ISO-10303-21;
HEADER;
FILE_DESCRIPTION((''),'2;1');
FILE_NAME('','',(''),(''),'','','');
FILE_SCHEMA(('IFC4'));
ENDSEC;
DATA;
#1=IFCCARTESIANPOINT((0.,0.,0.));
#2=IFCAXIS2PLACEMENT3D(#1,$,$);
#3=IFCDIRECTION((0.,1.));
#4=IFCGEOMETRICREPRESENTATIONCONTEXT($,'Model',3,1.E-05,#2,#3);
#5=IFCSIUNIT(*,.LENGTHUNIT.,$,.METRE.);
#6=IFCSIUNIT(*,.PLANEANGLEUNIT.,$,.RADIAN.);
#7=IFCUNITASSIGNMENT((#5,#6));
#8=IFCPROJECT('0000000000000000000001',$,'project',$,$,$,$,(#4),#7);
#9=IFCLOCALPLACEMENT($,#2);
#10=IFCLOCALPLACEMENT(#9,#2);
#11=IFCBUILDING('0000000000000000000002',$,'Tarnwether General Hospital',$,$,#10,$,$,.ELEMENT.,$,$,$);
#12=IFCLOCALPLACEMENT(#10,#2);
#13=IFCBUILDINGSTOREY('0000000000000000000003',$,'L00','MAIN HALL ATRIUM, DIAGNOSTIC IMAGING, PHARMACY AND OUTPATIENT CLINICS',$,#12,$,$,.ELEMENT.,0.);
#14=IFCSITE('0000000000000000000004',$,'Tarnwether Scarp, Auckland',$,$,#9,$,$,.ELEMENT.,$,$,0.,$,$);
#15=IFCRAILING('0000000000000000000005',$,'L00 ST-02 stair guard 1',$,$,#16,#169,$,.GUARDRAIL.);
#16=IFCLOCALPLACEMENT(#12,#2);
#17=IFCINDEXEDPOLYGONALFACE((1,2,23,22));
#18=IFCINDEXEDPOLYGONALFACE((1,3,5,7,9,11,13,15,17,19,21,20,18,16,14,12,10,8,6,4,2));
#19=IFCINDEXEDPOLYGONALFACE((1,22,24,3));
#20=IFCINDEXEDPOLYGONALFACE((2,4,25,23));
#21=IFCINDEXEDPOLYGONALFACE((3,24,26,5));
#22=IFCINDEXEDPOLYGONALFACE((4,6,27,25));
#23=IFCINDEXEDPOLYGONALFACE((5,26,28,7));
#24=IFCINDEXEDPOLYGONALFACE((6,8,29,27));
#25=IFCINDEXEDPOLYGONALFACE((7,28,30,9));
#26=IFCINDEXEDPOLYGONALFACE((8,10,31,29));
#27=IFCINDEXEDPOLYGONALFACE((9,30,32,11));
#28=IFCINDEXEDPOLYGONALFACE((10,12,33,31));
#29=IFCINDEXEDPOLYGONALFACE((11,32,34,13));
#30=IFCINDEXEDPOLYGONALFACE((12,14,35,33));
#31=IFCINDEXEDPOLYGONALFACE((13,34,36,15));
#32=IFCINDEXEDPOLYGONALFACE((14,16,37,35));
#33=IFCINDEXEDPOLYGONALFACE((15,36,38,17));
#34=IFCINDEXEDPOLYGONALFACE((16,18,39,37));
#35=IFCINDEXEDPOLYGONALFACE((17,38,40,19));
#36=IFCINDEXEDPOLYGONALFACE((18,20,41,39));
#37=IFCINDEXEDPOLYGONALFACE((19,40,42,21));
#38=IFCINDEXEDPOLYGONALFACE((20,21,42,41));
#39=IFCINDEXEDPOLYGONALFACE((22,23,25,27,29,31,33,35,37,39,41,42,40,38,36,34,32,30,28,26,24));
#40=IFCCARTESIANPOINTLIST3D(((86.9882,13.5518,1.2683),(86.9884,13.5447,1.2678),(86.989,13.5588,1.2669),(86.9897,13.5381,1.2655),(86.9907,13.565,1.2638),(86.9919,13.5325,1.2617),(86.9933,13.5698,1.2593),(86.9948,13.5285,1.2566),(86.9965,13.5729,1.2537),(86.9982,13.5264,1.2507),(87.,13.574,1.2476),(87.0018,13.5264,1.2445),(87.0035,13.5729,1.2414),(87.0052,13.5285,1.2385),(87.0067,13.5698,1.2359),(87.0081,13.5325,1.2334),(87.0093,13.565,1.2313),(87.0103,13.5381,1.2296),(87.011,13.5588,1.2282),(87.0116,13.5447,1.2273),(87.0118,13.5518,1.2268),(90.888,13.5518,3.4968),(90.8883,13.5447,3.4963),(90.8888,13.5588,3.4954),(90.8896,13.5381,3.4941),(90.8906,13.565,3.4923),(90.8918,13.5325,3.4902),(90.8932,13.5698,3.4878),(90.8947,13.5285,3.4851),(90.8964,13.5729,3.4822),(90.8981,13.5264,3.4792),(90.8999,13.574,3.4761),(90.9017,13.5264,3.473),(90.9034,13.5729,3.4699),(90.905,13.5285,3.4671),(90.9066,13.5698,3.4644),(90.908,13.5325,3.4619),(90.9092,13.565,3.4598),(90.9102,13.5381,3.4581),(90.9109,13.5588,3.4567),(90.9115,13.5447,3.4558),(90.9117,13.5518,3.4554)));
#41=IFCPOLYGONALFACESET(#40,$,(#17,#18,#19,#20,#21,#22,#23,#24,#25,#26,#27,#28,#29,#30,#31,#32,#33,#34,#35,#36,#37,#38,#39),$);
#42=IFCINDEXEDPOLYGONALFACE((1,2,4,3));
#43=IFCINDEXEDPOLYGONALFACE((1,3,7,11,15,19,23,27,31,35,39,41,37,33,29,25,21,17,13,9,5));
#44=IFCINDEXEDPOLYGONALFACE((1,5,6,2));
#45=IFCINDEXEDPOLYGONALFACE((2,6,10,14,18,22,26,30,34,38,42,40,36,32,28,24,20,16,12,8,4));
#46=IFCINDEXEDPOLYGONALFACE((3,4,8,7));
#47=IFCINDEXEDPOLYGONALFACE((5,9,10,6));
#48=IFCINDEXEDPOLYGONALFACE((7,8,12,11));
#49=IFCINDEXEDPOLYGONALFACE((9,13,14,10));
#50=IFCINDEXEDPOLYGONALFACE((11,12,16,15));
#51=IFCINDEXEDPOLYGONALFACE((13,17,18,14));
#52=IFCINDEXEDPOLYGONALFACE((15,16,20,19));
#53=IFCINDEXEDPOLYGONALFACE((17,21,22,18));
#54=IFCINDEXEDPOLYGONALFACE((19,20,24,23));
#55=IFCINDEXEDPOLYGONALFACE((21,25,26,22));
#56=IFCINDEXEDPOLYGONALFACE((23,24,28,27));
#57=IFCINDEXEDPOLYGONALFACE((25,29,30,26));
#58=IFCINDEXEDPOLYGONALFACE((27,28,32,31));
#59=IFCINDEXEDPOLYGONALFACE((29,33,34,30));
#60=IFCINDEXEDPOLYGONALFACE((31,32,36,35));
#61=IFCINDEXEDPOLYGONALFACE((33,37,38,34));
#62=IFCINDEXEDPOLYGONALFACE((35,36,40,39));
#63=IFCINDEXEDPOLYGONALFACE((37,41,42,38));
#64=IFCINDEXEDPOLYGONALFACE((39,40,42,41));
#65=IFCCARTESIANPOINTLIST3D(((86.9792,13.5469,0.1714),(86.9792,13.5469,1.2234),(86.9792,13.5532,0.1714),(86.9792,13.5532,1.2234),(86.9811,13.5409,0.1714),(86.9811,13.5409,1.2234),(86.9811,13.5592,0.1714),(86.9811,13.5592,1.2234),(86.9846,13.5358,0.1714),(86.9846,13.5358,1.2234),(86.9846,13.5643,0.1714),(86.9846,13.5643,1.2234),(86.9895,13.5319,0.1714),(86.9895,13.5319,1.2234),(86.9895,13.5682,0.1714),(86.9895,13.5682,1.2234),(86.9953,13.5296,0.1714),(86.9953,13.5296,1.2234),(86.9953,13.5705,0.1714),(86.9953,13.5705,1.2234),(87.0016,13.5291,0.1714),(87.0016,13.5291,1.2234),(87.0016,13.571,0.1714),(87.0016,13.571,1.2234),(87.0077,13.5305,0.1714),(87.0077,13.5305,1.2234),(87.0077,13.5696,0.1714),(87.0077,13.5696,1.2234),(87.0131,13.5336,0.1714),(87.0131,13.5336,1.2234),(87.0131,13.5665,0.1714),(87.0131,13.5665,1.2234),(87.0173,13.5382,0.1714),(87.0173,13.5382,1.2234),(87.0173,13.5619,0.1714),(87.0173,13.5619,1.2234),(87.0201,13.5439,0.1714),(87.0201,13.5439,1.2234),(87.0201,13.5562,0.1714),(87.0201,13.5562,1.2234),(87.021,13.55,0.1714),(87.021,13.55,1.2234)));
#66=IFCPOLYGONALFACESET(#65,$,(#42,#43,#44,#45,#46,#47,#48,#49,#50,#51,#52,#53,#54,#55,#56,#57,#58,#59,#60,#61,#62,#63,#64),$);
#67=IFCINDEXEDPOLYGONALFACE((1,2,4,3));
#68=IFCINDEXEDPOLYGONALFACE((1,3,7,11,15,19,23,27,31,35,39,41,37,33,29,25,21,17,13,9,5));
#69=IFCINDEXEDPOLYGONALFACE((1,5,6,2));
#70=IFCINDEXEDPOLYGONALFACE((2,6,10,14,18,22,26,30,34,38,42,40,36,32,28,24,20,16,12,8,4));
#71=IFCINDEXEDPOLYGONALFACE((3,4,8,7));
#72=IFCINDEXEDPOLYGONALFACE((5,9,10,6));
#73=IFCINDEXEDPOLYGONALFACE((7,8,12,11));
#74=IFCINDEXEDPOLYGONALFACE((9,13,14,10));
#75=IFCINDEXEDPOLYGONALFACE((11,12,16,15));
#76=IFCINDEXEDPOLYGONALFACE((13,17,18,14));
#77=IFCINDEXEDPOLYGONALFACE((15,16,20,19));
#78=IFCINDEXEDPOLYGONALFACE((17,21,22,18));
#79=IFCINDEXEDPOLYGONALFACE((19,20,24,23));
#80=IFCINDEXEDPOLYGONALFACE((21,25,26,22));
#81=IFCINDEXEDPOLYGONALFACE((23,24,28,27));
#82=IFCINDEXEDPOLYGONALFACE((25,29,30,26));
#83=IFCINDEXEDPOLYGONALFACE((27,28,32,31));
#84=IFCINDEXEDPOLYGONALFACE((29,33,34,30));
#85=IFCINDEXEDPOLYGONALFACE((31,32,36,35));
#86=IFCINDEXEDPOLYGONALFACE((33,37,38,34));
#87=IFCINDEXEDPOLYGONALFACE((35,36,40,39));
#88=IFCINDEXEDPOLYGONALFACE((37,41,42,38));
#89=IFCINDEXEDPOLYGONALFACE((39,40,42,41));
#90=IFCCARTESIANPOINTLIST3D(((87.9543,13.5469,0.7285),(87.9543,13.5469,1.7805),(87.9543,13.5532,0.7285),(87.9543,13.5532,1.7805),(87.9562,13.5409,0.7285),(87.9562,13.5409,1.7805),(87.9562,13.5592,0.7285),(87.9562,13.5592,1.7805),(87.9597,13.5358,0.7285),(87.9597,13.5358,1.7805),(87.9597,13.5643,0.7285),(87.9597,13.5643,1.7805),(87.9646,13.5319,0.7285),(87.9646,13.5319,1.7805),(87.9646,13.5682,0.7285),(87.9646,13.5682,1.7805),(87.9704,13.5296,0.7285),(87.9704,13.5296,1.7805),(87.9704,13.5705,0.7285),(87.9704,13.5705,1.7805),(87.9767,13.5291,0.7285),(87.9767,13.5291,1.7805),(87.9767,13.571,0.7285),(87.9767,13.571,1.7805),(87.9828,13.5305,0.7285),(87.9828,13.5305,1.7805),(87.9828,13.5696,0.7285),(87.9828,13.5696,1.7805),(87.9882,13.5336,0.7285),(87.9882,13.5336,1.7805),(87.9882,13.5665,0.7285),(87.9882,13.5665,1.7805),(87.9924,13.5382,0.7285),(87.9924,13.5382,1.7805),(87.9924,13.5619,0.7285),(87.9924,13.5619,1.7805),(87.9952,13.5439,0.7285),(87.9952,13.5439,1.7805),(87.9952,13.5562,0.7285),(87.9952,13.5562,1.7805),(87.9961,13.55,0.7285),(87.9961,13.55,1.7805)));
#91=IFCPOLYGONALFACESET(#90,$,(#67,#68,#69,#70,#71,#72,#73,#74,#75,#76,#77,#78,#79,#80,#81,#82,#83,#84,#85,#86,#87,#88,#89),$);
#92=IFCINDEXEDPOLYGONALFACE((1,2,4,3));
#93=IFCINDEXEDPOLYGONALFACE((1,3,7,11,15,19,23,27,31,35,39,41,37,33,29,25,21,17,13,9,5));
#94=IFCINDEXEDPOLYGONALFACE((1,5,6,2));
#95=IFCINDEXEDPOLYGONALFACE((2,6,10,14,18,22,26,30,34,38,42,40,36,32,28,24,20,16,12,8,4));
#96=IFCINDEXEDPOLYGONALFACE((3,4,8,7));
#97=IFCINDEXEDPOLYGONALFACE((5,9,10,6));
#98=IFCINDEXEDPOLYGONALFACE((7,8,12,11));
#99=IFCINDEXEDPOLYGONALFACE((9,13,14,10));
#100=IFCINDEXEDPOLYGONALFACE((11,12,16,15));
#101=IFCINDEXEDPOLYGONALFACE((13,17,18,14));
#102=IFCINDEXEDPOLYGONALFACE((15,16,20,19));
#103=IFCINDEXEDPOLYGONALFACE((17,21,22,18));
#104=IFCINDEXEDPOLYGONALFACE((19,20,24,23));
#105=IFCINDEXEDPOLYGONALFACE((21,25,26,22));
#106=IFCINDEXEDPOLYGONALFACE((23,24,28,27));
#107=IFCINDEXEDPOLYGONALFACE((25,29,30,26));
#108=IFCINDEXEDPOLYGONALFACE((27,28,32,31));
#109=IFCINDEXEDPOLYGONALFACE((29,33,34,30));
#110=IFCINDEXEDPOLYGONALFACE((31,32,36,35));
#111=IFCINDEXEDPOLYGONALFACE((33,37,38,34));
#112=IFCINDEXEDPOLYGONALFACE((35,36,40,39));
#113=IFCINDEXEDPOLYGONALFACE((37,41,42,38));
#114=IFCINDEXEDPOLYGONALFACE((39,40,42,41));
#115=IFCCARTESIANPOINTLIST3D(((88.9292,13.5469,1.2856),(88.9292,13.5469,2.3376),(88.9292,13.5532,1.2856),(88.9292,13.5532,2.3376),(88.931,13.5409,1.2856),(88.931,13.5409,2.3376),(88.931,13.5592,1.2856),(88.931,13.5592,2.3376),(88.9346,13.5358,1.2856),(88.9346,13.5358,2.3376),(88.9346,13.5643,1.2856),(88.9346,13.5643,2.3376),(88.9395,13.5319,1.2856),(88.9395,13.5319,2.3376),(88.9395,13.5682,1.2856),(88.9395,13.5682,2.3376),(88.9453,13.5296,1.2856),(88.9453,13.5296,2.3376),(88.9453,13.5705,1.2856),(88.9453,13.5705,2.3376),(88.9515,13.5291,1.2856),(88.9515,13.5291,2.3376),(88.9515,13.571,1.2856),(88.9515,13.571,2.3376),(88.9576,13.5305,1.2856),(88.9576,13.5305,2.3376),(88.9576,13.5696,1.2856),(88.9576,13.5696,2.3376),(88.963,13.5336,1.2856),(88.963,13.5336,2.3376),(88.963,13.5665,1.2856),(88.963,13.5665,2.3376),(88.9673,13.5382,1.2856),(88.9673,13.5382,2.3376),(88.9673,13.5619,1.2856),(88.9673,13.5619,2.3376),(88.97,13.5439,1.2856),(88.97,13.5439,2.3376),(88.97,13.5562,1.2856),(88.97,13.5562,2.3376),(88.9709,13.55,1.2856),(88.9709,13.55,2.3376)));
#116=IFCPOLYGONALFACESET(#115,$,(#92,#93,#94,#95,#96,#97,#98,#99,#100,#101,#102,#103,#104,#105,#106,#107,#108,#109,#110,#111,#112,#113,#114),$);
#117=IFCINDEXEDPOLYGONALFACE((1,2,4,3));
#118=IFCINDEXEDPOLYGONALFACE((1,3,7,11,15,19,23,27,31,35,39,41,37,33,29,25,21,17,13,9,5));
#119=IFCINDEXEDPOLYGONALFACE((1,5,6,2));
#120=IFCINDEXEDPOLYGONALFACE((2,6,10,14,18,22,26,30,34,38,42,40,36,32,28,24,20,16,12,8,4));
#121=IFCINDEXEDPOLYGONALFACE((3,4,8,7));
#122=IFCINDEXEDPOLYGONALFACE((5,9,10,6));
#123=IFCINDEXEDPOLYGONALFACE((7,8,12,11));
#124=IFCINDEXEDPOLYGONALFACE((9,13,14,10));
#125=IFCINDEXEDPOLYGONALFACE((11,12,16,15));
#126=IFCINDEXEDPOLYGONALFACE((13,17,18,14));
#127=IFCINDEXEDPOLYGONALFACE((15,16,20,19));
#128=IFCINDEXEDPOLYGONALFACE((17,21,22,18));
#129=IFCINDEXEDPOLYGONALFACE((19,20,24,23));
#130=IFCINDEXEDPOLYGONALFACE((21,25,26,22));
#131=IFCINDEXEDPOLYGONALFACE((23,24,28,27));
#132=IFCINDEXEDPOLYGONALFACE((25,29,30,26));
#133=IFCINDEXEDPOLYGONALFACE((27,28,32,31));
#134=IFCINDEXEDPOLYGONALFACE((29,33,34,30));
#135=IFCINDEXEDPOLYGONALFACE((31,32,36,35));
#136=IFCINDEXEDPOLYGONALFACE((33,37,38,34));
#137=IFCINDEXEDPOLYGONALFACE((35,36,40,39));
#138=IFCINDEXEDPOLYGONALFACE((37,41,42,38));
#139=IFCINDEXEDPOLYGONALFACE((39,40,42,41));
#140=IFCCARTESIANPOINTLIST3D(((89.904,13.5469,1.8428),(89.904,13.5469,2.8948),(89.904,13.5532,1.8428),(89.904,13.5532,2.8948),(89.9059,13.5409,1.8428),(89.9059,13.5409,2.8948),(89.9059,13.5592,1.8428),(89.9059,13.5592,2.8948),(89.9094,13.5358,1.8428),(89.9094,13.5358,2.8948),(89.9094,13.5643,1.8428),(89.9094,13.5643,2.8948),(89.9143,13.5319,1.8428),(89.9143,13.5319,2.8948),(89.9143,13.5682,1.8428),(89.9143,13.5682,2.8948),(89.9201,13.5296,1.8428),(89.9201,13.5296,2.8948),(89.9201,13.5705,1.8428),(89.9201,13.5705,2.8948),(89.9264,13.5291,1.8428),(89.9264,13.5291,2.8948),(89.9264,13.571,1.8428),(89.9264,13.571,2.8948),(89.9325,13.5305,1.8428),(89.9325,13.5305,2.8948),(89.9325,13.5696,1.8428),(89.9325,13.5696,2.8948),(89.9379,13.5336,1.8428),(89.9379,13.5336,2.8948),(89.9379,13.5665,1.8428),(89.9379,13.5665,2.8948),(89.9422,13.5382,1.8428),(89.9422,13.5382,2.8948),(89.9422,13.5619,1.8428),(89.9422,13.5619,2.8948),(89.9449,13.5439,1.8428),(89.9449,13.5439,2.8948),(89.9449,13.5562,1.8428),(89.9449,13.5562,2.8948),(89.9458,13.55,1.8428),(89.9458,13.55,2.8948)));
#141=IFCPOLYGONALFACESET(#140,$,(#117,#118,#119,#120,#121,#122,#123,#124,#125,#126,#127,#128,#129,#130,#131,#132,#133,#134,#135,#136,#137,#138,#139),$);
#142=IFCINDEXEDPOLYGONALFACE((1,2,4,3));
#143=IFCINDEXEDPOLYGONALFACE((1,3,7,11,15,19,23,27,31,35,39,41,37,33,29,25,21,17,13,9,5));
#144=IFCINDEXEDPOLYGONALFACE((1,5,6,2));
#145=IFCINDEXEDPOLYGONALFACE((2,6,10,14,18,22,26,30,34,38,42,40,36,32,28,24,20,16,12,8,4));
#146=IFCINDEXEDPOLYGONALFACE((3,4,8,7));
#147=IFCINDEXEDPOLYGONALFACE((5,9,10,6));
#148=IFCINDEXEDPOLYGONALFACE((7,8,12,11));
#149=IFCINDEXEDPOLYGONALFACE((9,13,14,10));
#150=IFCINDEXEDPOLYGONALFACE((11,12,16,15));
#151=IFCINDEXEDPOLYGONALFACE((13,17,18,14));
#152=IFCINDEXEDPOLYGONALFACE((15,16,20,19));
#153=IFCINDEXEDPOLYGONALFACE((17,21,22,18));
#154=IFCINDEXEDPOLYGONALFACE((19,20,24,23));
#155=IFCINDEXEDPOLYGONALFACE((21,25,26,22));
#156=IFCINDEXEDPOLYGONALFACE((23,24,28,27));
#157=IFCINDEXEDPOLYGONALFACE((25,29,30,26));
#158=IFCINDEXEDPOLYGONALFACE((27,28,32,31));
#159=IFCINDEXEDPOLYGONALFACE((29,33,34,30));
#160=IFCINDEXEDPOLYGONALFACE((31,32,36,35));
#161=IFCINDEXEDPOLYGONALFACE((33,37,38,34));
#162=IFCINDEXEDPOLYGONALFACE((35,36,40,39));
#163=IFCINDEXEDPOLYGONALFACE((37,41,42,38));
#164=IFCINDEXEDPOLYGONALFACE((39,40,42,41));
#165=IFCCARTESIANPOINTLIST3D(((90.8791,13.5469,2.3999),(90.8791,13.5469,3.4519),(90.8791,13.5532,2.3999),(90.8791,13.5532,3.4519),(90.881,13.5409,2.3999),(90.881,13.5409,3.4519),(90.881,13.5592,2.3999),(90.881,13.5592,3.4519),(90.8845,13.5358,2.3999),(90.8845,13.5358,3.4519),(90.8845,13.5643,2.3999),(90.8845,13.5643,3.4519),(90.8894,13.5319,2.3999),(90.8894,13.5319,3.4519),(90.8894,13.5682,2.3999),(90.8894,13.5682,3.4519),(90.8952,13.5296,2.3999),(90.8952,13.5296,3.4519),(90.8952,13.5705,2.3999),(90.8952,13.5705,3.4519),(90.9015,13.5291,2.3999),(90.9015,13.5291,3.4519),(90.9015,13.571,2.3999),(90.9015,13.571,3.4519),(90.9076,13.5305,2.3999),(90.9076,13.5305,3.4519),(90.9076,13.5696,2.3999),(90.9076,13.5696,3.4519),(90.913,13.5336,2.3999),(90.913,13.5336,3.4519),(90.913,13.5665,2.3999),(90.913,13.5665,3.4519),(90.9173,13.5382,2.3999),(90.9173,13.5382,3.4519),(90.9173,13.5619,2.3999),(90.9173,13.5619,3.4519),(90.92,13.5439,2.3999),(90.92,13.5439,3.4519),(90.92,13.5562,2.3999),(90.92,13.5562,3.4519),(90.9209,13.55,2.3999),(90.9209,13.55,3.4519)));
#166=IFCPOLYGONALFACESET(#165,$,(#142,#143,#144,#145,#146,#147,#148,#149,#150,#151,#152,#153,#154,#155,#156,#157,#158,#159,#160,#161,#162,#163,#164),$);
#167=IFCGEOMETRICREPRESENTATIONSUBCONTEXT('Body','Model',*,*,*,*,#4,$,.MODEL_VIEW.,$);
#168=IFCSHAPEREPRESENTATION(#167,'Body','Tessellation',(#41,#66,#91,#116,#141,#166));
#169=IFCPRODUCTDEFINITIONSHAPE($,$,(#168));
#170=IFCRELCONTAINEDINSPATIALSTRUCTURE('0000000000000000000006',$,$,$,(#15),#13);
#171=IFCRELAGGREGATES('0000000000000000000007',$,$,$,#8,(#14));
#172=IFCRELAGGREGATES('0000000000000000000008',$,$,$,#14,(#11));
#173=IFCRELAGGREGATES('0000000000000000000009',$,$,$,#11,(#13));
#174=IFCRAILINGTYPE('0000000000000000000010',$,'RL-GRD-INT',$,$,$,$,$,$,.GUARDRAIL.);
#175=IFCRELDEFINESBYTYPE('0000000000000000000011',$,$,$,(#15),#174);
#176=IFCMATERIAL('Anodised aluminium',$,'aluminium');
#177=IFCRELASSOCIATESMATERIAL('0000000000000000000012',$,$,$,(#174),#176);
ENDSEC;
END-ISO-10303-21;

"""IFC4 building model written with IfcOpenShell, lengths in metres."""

from ifc_helpers import new_model, si_unit, direction, frame, origin, origin_2d, place, context, subcontext, project, spatial, circle, extrude, material, type_object, element, save


model = new_model("IFC4")

# Units and contexts
model_context = context("Model", 3, precision=1e-05, world=origin(), true_north=direction((0.0, 1.0)))
body_context = subcontext(model_context, "Body", "Model", "MODEL_VIEW")
ifc_project = project(units=[si_unit("LENGTHUNIT", "METRE"), si_unit("PLANEANGLEUNIT", "RADIAN")], contexts=[model_context])

# Site, building, storey
site_placement = place(None, origin())
site = spatial("IfcSite", under=ifc_project, at=site_placement, Name="Tarnwether Scarp, Auckland", CompositionType="ELEMENT", RefElevation=0.0)
building_placement = place(site_placement, origin())
building = spatial("IfcBuilding", under=site, at=building_placement, Name="Tarnwether General Hospital", CompositionType="ELEMENT")
storey_placement = place(building_placement, origin())
storey = spatial("IfcBuildingStorey", under=building, at=storey_placement, Name="L00", Description="MAIN HALL ATRIUM, DIAGNOSTIC IMAGING, PHARMACY AND OUTPATIENT CLINICS", CompositionType="ELEMENT", Elevation=0.0)

# Railing
ifc_material_1 = material(Name="Anodised aluminium", Category="aluminium")
railing_type_1 = type_object("IfcRailingType", Name="RL-GRD-INT", PredefinedType="GUARDRAIL", material=ifc_material_1)
railing_1_placement = place(storey_placement, frame((87.0, 13.55, 0.1714)))
element("IfcRailing", 1, at=railing_1_placement, inside=storey, type_object=railing_type_1, Name="L00 ST-02 stair guard 1", PredefinedType="GUARDRAIL", context=body_context, shape_type="SweptSolid", body=[
    extrude(circle(Radius=0.0239, at=origin_2d()), frame((0.0, 0.0, 1.0762), z_axis=(0.868243, 0.0, 0.496139), x_axis=(0.0, 1.0, 0.0)), (0.0, 0.0, 1.0), 4.4917),
    extrude(circle(Radius=0.021, at=origin_2d()), origin(), (0.0, 0.0, 1.0), 1.052),
    extrude(circle(Radius=0.021, at=origin_2d()), frame((0.9751, 0.0, 0.5571)), (0.0, 0.0, 1.0), 1.052),
    extrude(circle(Radius=0.021, at=origin_2d()), frame((1.95, 0.0, 1.1143)), (0.0, 0.0, 1.0), 1.052),
    extrude(circle(Radius=0.021, at=origin_2d()), frame((2.9248, 0.0, 1.6714)), (0.0, 0.0, 1.0), 1.052),
    extrude(circle(Radius=0.021, at=origin_2d()), frame((3.8999, 0.0, 2.2285)), (0.0, 0.0, 1.0), 1.052),
])

save(model, "model.ifc")
